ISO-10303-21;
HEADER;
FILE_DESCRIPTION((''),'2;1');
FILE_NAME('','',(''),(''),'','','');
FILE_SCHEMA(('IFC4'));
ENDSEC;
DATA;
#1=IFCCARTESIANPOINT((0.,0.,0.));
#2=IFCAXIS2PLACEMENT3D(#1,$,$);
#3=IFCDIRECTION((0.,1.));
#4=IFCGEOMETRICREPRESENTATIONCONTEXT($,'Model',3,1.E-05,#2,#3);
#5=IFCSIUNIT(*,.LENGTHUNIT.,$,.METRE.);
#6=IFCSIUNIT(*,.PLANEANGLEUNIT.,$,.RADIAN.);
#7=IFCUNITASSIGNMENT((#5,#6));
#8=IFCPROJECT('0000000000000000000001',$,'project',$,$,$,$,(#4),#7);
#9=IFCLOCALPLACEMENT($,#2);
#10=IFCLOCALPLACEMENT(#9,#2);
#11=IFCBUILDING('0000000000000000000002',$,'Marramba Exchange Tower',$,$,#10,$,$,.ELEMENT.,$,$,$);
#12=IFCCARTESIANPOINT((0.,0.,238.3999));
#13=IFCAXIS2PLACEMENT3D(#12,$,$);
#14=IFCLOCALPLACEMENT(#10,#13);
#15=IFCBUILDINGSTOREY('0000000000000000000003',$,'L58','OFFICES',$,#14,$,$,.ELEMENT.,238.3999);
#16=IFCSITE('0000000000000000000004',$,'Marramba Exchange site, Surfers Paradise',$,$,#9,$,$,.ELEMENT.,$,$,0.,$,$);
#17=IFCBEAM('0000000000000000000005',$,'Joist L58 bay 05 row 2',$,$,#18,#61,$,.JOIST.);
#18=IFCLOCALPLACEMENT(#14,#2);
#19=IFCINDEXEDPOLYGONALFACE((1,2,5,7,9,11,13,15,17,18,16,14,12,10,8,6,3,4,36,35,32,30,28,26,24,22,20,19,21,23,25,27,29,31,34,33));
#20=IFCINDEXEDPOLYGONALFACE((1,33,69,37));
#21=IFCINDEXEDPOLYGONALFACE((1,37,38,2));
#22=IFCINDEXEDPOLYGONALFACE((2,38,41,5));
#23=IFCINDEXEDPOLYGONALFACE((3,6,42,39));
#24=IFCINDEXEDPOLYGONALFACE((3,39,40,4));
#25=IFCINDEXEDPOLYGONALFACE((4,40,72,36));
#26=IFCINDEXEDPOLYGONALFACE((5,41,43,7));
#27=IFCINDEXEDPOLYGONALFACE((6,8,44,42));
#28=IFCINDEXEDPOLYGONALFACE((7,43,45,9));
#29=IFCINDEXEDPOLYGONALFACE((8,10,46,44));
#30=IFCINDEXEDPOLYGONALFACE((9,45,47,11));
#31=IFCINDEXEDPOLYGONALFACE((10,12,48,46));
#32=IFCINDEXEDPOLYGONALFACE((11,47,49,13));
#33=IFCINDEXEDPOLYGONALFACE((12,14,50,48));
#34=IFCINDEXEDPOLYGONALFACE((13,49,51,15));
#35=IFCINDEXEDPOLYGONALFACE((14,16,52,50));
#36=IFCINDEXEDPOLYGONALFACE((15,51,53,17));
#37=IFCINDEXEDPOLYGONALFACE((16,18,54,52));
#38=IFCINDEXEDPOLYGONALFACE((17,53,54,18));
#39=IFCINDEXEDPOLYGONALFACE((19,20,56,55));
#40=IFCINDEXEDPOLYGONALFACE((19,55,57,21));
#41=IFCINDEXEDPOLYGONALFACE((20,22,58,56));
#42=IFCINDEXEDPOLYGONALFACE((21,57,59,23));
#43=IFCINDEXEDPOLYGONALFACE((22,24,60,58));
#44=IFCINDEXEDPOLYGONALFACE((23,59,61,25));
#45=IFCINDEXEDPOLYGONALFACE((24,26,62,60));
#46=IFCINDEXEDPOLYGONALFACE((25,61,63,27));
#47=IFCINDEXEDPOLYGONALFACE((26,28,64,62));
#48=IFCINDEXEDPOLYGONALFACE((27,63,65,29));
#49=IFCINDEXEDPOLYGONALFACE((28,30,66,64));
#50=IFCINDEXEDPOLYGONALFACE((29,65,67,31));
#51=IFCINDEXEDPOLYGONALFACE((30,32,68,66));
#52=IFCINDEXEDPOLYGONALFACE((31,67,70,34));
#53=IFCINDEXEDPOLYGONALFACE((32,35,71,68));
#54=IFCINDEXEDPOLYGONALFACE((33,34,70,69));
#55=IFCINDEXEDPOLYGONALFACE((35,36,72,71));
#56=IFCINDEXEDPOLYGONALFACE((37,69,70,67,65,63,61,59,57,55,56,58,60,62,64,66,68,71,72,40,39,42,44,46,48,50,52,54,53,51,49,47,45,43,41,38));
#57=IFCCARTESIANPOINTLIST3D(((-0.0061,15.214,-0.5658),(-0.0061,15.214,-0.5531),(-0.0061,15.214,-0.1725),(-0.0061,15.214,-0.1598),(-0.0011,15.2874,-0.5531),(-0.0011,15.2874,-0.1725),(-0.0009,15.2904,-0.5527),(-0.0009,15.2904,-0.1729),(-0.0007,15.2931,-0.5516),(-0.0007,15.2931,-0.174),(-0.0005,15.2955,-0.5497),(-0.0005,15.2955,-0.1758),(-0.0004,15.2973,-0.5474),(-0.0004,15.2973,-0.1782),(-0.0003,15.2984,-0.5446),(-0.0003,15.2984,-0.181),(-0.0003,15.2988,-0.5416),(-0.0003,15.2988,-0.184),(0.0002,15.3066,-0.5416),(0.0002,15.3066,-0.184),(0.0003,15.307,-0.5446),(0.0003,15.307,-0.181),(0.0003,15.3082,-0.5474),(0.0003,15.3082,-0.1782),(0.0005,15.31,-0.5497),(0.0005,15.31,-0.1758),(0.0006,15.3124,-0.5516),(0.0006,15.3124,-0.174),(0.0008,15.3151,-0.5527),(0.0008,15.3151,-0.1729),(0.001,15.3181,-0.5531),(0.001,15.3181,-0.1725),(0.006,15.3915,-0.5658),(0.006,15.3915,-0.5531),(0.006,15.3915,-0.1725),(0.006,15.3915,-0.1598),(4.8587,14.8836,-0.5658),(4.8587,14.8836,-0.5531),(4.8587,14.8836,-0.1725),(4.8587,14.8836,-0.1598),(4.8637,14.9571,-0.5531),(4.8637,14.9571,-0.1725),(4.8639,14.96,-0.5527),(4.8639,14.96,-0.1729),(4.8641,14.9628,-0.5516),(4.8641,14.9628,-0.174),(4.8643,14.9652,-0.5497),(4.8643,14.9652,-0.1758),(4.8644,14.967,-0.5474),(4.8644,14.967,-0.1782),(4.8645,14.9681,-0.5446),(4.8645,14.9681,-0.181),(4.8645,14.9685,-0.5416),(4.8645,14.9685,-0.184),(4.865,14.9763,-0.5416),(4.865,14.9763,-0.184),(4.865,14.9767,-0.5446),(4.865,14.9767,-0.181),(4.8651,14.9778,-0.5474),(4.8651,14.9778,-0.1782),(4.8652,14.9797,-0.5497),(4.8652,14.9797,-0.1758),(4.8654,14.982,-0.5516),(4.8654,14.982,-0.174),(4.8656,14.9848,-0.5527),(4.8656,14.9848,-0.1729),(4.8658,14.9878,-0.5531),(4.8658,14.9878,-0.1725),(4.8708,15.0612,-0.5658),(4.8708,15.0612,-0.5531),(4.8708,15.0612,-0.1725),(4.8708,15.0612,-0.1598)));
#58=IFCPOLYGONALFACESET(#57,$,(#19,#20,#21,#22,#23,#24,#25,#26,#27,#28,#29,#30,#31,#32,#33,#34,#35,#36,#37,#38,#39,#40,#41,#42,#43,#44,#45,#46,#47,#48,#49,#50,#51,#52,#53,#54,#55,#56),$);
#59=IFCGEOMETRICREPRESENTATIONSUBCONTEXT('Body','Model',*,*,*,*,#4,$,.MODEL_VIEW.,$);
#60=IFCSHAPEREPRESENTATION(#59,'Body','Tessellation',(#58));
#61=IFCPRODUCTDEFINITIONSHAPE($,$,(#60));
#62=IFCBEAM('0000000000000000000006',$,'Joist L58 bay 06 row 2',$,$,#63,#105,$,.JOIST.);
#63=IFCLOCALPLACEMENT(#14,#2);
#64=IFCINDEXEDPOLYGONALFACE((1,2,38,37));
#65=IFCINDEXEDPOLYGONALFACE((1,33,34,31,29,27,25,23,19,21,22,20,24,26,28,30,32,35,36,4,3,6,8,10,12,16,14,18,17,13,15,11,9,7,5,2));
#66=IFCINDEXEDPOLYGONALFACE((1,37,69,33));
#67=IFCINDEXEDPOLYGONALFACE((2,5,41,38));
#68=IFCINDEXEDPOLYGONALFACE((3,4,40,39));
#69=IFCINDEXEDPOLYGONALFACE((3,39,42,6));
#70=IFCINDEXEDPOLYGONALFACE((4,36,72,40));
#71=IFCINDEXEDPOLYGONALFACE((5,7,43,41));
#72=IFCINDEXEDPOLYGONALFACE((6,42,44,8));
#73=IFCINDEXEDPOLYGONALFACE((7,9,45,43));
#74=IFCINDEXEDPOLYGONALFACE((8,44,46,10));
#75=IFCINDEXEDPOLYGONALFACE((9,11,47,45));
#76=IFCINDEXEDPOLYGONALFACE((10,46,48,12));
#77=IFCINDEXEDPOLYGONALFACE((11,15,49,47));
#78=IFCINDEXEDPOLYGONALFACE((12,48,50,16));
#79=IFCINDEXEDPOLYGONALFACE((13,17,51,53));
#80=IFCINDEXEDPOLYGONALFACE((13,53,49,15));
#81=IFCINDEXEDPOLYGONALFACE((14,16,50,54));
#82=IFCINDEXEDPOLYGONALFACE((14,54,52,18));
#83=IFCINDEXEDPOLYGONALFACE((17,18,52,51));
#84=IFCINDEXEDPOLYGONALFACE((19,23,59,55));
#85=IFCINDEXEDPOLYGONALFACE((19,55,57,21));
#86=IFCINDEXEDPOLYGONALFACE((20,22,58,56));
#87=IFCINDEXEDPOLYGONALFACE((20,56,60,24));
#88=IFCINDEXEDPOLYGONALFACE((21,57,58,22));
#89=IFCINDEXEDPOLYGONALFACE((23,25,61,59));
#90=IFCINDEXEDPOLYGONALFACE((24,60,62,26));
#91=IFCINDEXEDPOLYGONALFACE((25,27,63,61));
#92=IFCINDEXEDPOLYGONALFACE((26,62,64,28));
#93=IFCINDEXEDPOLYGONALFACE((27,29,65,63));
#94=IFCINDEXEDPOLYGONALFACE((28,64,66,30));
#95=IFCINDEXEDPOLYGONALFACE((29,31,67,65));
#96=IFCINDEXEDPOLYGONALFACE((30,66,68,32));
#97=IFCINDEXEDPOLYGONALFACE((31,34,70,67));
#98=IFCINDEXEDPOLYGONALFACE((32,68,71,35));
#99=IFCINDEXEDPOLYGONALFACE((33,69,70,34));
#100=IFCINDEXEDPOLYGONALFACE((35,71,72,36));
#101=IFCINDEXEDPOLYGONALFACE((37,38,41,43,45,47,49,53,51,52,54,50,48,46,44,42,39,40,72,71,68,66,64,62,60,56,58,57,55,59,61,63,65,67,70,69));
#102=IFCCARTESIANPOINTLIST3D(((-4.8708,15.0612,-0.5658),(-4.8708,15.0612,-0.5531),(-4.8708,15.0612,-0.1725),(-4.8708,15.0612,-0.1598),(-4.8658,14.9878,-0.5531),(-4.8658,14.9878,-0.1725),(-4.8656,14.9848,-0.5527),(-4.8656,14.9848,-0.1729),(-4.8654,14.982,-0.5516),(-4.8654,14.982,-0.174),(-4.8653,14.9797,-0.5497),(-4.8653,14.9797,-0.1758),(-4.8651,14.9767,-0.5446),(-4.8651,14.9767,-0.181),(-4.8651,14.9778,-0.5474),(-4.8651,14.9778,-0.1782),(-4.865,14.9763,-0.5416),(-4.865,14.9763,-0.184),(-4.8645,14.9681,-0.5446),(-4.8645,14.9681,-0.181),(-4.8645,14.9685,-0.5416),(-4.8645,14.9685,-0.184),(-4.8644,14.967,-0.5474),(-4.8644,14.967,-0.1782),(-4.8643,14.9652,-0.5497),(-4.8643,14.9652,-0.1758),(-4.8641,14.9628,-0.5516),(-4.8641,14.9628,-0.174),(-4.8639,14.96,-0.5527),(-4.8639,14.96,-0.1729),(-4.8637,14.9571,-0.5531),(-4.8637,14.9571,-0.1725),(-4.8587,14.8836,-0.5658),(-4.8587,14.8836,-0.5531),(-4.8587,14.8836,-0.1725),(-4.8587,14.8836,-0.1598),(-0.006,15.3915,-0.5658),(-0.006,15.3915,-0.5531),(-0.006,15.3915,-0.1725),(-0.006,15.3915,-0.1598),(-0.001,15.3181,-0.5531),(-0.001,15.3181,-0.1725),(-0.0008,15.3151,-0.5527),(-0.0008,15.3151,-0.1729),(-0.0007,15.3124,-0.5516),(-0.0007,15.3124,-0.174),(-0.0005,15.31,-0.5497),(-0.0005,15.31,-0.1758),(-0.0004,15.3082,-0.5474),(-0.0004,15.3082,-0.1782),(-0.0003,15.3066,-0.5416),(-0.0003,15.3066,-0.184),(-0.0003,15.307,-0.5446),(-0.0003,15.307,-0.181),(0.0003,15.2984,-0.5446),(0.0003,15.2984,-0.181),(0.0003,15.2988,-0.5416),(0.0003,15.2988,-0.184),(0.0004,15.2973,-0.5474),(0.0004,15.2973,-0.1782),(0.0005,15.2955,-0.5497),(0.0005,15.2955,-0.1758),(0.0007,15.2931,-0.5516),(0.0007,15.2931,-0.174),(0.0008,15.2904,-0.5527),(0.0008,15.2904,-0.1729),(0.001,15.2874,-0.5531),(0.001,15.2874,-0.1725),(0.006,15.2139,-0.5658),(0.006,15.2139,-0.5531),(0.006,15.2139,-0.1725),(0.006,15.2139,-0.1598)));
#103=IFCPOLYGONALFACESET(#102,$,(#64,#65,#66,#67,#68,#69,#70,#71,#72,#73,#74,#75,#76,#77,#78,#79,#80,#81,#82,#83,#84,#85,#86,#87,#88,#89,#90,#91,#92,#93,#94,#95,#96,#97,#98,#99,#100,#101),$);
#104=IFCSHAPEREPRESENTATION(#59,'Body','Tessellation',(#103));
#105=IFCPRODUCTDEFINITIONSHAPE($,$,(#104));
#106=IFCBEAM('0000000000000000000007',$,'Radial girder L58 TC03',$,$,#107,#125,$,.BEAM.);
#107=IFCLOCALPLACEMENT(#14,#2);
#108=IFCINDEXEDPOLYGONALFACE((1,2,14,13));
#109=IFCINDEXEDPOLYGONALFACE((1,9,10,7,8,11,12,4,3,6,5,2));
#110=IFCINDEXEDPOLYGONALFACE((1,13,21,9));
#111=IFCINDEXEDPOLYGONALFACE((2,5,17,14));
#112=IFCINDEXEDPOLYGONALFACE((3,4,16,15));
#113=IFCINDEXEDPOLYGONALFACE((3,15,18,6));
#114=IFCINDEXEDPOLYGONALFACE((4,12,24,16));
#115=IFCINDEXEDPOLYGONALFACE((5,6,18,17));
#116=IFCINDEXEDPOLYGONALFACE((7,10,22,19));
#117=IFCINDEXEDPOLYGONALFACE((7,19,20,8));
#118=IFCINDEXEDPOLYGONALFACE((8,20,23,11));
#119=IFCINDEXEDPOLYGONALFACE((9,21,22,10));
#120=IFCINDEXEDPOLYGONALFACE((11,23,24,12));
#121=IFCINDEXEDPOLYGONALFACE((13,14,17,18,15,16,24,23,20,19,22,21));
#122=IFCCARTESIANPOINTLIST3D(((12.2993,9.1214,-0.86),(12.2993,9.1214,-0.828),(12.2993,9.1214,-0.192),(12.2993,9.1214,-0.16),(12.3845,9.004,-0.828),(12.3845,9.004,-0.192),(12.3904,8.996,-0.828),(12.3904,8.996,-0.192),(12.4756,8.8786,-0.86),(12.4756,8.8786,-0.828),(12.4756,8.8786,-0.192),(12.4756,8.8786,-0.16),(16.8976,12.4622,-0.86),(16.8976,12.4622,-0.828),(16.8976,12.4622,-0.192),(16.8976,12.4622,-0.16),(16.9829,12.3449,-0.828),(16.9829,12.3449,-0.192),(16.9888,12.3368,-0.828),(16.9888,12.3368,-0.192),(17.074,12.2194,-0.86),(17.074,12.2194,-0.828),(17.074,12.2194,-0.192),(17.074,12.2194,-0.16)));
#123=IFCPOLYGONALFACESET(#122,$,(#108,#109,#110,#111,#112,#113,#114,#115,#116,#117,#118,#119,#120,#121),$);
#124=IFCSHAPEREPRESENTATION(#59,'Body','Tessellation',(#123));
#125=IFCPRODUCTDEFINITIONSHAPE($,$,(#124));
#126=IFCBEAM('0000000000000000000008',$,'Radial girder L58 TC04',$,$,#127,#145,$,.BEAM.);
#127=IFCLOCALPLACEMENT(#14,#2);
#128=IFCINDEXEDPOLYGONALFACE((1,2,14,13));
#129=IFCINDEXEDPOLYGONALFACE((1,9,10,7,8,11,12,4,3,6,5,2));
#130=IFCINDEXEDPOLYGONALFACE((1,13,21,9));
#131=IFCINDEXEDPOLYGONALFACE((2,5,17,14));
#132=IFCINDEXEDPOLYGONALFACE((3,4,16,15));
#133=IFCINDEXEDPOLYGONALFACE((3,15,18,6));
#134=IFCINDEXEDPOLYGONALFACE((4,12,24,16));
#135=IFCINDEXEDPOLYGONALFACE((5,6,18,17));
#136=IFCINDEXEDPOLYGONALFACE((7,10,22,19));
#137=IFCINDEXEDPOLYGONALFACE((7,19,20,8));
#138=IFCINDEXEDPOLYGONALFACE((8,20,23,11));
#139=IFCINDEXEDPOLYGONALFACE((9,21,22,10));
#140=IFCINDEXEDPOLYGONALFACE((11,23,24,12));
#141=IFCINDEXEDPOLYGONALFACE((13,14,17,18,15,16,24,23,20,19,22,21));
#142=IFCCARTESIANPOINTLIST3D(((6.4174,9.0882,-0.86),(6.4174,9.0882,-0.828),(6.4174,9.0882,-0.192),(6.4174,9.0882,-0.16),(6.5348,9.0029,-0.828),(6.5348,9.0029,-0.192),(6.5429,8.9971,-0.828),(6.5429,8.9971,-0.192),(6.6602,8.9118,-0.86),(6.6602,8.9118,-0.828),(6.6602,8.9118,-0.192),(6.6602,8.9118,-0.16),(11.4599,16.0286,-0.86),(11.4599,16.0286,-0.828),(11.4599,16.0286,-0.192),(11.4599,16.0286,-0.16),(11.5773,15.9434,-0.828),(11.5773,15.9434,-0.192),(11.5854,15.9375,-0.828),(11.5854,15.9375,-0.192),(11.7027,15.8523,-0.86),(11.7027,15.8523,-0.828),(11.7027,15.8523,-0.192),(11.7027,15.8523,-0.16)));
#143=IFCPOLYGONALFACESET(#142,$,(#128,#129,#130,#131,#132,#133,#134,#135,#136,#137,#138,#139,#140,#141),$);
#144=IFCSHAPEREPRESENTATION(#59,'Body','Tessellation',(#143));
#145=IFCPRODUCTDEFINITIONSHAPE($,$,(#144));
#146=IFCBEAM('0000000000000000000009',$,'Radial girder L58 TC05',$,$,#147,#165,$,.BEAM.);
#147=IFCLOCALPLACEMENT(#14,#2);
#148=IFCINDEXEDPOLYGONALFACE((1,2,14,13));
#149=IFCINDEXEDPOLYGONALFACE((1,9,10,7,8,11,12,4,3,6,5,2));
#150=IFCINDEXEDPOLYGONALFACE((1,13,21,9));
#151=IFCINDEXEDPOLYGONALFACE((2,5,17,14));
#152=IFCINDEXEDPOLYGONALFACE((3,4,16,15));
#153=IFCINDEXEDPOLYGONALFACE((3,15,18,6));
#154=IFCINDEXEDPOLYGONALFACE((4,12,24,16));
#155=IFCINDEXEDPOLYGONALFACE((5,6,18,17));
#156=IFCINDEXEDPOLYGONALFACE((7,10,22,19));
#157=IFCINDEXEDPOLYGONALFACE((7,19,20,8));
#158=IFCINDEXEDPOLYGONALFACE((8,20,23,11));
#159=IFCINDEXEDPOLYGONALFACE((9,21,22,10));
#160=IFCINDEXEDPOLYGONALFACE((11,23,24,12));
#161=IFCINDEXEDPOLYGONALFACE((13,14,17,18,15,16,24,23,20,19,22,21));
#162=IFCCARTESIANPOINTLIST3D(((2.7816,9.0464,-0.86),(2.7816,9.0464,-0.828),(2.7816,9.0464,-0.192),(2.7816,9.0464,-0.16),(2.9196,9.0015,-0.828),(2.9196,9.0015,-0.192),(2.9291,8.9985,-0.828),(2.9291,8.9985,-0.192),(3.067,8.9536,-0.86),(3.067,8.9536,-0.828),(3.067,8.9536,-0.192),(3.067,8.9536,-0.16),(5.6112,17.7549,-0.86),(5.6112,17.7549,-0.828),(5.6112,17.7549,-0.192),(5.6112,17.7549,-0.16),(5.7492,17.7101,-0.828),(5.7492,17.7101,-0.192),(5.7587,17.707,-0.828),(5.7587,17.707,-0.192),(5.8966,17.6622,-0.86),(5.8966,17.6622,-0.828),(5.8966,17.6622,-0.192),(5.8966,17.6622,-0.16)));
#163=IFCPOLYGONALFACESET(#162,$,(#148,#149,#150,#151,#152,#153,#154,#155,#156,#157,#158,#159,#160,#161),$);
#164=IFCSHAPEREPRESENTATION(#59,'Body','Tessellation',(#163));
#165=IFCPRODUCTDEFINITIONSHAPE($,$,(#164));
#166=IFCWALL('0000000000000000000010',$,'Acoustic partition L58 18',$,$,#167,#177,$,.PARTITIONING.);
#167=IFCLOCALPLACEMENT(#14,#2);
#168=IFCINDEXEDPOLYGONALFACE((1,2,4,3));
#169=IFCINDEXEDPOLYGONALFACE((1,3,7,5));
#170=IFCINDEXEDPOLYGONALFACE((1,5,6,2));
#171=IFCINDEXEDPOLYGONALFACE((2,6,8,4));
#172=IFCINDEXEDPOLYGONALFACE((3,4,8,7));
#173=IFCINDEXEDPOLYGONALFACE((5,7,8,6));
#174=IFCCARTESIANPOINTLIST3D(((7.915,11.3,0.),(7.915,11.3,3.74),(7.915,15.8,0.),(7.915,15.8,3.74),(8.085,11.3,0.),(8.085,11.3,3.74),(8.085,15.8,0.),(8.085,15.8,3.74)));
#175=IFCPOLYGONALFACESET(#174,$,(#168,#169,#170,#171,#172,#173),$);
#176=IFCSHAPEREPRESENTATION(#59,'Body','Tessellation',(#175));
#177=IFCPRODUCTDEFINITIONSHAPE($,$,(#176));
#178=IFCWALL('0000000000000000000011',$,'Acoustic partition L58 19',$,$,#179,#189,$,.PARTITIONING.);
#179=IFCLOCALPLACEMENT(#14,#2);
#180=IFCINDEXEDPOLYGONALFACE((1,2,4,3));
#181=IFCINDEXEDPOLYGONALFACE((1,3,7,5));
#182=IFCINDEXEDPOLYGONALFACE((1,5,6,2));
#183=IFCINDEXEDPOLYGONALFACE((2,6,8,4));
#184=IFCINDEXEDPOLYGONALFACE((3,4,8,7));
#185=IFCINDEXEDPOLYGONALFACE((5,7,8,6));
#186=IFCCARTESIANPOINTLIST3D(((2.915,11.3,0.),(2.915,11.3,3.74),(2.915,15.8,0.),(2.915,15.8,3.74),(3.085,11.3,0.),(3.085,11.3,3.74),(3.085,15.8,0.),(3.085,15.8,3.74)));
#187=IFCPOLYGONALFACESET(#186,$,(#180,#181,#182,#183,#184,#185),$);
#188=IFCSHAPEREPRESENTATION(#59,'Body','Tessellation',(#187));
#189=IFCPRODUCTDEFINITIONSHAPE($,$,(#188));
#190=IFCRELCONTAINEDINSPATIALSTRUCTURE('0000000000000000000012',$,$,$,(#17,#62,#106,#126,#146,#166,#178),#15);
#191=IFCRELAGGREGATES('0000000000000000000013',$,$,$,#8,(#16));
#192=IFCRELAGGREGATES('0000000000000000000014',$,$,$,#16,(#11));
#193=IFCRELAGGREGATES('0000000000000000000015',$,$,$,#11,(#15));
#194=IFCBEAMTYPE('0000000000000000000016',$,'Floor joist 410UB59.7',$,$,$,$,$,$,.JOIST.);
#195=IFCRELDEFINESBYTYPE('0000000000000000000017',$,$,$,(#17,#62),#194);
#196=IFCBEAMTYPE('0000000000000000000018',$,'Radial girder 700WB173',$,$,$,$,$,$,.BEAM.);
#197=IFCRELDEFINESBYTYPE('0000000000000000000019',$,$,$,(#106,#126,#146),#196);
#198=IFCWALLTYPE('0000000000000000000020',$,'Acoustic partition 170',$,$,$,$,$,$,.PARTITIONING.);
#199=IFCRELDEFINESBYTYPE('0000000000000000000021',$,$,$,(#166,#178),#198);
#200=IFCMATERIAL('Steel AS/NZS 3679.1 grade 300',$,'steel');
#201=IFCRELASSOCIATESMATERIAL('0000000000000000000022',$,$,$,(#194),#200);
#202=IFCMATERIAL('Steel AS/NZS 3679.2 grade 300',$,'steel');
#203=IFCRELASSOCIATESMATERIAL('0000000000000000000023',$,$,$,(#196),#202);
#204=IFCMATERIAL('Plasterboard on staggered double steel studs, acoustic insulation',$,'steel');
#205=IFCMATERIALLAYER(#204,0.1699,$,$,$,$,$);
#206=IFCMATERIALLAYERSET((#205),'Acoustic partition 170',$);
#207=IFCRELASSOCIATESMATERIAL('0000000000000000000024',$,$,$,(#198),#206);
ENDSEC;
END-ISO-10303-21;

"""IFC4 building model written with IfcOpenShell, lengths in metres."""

from ifc_helpers import new_model, si_unit, direction, frame, frame_2d, origin, origin_2d, place, context, subcontext, project, spatial, rectangle, i_section, extrude, material, layer, layer_set, material_profile, profile_set, type_object, element, save


model = new_model("IFC4")

# Units and contexts
model_context = context("Model", 3, precision=1e-05, world=origin(), true_north=direction((0.0, 1.0)))
body_context = subcontext(model_context, "Body", "Model", "MODEL_VIEW")
ifc_project = project(units=[si_unit("LENGTHUNIT", "METRE"), si_unit("PLANEANGLEUNIT", "RADIAN")], contexts=[model_context])

# Site, building, storey
site_placement = place(None, origin())
site = spatial("IfcSite", under=ifc_project, at=site_placement, Name="Marramba Exchange site, Surfers Paradise", CompositionType="ELEMENT", RefElevation=0.0)
building_placement = place(site_placement, origin())
building = spatial("IfcBuilding", under=site, at=building_placement, Name="Marramba Exchange Tower", CompositionType="ELEMENT")
storey_placement = place(building_placement, frame((0.0, 0.0, 238.3999)))
storey = spatial("IfcBuildingStorey", under=building, at=storey_placement, Name="L58", Description="OFFICES", CompositionType="ELEMENT", Elevation=238.3999)

# Beams
ifc_material_1 = material(Name="Steel AS/NZS 3679.1 grade 300", Category="steel")
ifc_material_profile_1 = material_profile(ifc_material_1, i_section(OverallWidth=0.178, OverallDepth=0.406, WebThickness=0.0078, FlangeThickness=0.0127, FilletRadius=0.0115, at=origin_2d()), Name="410UB59.7")
ifc_profile_set_1 = profile_set([ifc_material_profile_1], Name="Steel AS/NZS 3679.1 grade 300")
beam_type_1 = type_object("IfcBeamType", Name="Floor joist 410UB59.7", PredefinedType="JOIST", material=ifc_profile_set_1)
for number, where, z_axis, x_axis, name in (
    (1, (4.8647, 14.9724, -0.3628), (-0.997703, 0.067745, 0.0), (-0.067745, -0.997703, 0.0), "Joist L58 bay 05 row 2"),
    (2, (0.0, 15.3027, -0.3628), (-0.997703, -0.067745, 0.0), (0.067745, -0.997703, 0.0), "Joist L58 bay 06 row 2"),
):
    element("IfcBeam", number, at=place(storey_placement, frame(where, z_axis=z_axis, x_axis=x_axis)), inside=storey, type_object=beam_type_1, Name=name, PredefinedType="JOIST", context=body_context, shape_type="SweptSolid", body=[
        extrude(i_section(OverallWidth=0.178, OverallDepth=0.406, WebThickness=0.0078, FlangeThickness=0.0127, FilletRadius=0.0115, at=origin_2d()), origin(), (0.0, 0.0, 1.0), 4.876),
    ])
ifc_material_2 = material(Name="Steel AS/NZS 3679.2 grade 300", Category="steel")
ifc_material_profile_2 = material_profile(ifc_material_2, i_section(OverallWidth=0.3, OverallDepth=0.7, WebThickness=0.01, FlangeThickness=0.032, at=origin_2d()), Name="700WB173")
ifc_profile_set_2 = profile_set([ifc_material_profile_2], Name="Steel AS/NZS 3679.2 grade 300")
beam_type_2 = type_object("IfcBeamType", Name="Radial girder 700WB173", PredefinedType="BEAM", material=ifc_profile_set_2)
beam_1_placement = place(storey_placement, frame((12.3875, 9.0, -0.51), z_axis=(0.809026, 0.587773, 0.0), x_axis=(-0.587773, 0.809026, 0.0)))
element("IfcBeam", 3, at=beam_1_placement, inside=storey, type_object=beam_type_2, Name="Radial girder L58 TC03", PredefinedType="BEAM", context=body_context, shape_type="SweptSolid", body=[
    extrude(i_section(OverallWidth=0.3, OverallDepth=0.7, WebThickness=0.01, FlangeThickness=0.032, at=origin_2d()), origin(), (0.0, 0.0, 1.0), 5.6838),
])
beam_2_placement = place(storey_placement, frame((6.5388, 9.0, -0.51), z_axis=(0.587782, 0.809019, 0.0), x_axis=(-0.809019, 0.587782, 0.0)))
element("IfcBeam", 4, at=beam_2_placement, inside=storey, type_object=beam_type_2, Name="Radial girder L58 TC04", PredefinedType="BEAM", context=body_context, shape_type="SweptSolid", body=[
    extrude(i_section(OverallWidth=0.3, OverallDepth=0.7, WebThickness=0.01, FlangeThickness=0.032, at=origin_2d()), origin(), (0.0, 0.0, 1.0), 8.5789),
])
beam_3_placement = place(storey_placement, frame((2.9243, 9.0, -0.51), z_axis=(0.30902, 0.951056, 0.0), x_axis=(-0.951056, 0.30902, 0.0)))
element("IfcBeam", 5, at=beam_3_placement, inside=storey, type_object=beam_type_2, Name="Radial girder L58 TC05", PredefinedType="BEAM", context=body_context, shape_type="SweptSolid", body=[
    extrude(i_section(OverallWidth=0.3, OverallDepth=0.7, WebThickness=0.01, FlangeThickness=0.032, at=origin_2d()), origin(), (0.0, 0.0, 1.0), 9.1567),
])

# Walls
ifc_material_3 = material(Name="Plasterboard on staggered double steel studs, acoustic insulation", Category="steel")
ifc_layer_1 = layer(ifc_material_3, 0.1699)
ifc_layer_set_1 = layer_set([ifc_layer_1], Name="Acoustic partition 170")
wall_type_1 = type_object("IfcWallType", Name="Acoustic partition 170", PredefinedType="PARTITIONING", material=ifc_layer_set_1)
for number, where, z_axis, x_axis, name in (
    (6, (8.0, 15.8, 0.0), (0.0, 0.0, 1.0), (0.0, -1.0, 0.0), "Acoustic partition L58 18"),
    (7, (3.0, 15.8, 0.0), (0.0, 0.0, 1.0), (0.0, -1.0, 0.0), "Acoustic partition L58 19"),
):
    element("IfcWall", number, at=place(storey_placement, frame(where, z_axis=z_axis, x_axis=x_axis)), inside=storey, type_object=wall_type_1, Name=name, PredefinedType="PARTITIONING", context=body_context, shape_type="SweptSolid", body=[
        extrude(rectangle(XDim=4.5, YDim=0.1699, at=frame_2d((2.25, 0.0))), origin(), (0.0, 0.0, 1.0), 3.74),
    ])

save(model, "model.ifc")
